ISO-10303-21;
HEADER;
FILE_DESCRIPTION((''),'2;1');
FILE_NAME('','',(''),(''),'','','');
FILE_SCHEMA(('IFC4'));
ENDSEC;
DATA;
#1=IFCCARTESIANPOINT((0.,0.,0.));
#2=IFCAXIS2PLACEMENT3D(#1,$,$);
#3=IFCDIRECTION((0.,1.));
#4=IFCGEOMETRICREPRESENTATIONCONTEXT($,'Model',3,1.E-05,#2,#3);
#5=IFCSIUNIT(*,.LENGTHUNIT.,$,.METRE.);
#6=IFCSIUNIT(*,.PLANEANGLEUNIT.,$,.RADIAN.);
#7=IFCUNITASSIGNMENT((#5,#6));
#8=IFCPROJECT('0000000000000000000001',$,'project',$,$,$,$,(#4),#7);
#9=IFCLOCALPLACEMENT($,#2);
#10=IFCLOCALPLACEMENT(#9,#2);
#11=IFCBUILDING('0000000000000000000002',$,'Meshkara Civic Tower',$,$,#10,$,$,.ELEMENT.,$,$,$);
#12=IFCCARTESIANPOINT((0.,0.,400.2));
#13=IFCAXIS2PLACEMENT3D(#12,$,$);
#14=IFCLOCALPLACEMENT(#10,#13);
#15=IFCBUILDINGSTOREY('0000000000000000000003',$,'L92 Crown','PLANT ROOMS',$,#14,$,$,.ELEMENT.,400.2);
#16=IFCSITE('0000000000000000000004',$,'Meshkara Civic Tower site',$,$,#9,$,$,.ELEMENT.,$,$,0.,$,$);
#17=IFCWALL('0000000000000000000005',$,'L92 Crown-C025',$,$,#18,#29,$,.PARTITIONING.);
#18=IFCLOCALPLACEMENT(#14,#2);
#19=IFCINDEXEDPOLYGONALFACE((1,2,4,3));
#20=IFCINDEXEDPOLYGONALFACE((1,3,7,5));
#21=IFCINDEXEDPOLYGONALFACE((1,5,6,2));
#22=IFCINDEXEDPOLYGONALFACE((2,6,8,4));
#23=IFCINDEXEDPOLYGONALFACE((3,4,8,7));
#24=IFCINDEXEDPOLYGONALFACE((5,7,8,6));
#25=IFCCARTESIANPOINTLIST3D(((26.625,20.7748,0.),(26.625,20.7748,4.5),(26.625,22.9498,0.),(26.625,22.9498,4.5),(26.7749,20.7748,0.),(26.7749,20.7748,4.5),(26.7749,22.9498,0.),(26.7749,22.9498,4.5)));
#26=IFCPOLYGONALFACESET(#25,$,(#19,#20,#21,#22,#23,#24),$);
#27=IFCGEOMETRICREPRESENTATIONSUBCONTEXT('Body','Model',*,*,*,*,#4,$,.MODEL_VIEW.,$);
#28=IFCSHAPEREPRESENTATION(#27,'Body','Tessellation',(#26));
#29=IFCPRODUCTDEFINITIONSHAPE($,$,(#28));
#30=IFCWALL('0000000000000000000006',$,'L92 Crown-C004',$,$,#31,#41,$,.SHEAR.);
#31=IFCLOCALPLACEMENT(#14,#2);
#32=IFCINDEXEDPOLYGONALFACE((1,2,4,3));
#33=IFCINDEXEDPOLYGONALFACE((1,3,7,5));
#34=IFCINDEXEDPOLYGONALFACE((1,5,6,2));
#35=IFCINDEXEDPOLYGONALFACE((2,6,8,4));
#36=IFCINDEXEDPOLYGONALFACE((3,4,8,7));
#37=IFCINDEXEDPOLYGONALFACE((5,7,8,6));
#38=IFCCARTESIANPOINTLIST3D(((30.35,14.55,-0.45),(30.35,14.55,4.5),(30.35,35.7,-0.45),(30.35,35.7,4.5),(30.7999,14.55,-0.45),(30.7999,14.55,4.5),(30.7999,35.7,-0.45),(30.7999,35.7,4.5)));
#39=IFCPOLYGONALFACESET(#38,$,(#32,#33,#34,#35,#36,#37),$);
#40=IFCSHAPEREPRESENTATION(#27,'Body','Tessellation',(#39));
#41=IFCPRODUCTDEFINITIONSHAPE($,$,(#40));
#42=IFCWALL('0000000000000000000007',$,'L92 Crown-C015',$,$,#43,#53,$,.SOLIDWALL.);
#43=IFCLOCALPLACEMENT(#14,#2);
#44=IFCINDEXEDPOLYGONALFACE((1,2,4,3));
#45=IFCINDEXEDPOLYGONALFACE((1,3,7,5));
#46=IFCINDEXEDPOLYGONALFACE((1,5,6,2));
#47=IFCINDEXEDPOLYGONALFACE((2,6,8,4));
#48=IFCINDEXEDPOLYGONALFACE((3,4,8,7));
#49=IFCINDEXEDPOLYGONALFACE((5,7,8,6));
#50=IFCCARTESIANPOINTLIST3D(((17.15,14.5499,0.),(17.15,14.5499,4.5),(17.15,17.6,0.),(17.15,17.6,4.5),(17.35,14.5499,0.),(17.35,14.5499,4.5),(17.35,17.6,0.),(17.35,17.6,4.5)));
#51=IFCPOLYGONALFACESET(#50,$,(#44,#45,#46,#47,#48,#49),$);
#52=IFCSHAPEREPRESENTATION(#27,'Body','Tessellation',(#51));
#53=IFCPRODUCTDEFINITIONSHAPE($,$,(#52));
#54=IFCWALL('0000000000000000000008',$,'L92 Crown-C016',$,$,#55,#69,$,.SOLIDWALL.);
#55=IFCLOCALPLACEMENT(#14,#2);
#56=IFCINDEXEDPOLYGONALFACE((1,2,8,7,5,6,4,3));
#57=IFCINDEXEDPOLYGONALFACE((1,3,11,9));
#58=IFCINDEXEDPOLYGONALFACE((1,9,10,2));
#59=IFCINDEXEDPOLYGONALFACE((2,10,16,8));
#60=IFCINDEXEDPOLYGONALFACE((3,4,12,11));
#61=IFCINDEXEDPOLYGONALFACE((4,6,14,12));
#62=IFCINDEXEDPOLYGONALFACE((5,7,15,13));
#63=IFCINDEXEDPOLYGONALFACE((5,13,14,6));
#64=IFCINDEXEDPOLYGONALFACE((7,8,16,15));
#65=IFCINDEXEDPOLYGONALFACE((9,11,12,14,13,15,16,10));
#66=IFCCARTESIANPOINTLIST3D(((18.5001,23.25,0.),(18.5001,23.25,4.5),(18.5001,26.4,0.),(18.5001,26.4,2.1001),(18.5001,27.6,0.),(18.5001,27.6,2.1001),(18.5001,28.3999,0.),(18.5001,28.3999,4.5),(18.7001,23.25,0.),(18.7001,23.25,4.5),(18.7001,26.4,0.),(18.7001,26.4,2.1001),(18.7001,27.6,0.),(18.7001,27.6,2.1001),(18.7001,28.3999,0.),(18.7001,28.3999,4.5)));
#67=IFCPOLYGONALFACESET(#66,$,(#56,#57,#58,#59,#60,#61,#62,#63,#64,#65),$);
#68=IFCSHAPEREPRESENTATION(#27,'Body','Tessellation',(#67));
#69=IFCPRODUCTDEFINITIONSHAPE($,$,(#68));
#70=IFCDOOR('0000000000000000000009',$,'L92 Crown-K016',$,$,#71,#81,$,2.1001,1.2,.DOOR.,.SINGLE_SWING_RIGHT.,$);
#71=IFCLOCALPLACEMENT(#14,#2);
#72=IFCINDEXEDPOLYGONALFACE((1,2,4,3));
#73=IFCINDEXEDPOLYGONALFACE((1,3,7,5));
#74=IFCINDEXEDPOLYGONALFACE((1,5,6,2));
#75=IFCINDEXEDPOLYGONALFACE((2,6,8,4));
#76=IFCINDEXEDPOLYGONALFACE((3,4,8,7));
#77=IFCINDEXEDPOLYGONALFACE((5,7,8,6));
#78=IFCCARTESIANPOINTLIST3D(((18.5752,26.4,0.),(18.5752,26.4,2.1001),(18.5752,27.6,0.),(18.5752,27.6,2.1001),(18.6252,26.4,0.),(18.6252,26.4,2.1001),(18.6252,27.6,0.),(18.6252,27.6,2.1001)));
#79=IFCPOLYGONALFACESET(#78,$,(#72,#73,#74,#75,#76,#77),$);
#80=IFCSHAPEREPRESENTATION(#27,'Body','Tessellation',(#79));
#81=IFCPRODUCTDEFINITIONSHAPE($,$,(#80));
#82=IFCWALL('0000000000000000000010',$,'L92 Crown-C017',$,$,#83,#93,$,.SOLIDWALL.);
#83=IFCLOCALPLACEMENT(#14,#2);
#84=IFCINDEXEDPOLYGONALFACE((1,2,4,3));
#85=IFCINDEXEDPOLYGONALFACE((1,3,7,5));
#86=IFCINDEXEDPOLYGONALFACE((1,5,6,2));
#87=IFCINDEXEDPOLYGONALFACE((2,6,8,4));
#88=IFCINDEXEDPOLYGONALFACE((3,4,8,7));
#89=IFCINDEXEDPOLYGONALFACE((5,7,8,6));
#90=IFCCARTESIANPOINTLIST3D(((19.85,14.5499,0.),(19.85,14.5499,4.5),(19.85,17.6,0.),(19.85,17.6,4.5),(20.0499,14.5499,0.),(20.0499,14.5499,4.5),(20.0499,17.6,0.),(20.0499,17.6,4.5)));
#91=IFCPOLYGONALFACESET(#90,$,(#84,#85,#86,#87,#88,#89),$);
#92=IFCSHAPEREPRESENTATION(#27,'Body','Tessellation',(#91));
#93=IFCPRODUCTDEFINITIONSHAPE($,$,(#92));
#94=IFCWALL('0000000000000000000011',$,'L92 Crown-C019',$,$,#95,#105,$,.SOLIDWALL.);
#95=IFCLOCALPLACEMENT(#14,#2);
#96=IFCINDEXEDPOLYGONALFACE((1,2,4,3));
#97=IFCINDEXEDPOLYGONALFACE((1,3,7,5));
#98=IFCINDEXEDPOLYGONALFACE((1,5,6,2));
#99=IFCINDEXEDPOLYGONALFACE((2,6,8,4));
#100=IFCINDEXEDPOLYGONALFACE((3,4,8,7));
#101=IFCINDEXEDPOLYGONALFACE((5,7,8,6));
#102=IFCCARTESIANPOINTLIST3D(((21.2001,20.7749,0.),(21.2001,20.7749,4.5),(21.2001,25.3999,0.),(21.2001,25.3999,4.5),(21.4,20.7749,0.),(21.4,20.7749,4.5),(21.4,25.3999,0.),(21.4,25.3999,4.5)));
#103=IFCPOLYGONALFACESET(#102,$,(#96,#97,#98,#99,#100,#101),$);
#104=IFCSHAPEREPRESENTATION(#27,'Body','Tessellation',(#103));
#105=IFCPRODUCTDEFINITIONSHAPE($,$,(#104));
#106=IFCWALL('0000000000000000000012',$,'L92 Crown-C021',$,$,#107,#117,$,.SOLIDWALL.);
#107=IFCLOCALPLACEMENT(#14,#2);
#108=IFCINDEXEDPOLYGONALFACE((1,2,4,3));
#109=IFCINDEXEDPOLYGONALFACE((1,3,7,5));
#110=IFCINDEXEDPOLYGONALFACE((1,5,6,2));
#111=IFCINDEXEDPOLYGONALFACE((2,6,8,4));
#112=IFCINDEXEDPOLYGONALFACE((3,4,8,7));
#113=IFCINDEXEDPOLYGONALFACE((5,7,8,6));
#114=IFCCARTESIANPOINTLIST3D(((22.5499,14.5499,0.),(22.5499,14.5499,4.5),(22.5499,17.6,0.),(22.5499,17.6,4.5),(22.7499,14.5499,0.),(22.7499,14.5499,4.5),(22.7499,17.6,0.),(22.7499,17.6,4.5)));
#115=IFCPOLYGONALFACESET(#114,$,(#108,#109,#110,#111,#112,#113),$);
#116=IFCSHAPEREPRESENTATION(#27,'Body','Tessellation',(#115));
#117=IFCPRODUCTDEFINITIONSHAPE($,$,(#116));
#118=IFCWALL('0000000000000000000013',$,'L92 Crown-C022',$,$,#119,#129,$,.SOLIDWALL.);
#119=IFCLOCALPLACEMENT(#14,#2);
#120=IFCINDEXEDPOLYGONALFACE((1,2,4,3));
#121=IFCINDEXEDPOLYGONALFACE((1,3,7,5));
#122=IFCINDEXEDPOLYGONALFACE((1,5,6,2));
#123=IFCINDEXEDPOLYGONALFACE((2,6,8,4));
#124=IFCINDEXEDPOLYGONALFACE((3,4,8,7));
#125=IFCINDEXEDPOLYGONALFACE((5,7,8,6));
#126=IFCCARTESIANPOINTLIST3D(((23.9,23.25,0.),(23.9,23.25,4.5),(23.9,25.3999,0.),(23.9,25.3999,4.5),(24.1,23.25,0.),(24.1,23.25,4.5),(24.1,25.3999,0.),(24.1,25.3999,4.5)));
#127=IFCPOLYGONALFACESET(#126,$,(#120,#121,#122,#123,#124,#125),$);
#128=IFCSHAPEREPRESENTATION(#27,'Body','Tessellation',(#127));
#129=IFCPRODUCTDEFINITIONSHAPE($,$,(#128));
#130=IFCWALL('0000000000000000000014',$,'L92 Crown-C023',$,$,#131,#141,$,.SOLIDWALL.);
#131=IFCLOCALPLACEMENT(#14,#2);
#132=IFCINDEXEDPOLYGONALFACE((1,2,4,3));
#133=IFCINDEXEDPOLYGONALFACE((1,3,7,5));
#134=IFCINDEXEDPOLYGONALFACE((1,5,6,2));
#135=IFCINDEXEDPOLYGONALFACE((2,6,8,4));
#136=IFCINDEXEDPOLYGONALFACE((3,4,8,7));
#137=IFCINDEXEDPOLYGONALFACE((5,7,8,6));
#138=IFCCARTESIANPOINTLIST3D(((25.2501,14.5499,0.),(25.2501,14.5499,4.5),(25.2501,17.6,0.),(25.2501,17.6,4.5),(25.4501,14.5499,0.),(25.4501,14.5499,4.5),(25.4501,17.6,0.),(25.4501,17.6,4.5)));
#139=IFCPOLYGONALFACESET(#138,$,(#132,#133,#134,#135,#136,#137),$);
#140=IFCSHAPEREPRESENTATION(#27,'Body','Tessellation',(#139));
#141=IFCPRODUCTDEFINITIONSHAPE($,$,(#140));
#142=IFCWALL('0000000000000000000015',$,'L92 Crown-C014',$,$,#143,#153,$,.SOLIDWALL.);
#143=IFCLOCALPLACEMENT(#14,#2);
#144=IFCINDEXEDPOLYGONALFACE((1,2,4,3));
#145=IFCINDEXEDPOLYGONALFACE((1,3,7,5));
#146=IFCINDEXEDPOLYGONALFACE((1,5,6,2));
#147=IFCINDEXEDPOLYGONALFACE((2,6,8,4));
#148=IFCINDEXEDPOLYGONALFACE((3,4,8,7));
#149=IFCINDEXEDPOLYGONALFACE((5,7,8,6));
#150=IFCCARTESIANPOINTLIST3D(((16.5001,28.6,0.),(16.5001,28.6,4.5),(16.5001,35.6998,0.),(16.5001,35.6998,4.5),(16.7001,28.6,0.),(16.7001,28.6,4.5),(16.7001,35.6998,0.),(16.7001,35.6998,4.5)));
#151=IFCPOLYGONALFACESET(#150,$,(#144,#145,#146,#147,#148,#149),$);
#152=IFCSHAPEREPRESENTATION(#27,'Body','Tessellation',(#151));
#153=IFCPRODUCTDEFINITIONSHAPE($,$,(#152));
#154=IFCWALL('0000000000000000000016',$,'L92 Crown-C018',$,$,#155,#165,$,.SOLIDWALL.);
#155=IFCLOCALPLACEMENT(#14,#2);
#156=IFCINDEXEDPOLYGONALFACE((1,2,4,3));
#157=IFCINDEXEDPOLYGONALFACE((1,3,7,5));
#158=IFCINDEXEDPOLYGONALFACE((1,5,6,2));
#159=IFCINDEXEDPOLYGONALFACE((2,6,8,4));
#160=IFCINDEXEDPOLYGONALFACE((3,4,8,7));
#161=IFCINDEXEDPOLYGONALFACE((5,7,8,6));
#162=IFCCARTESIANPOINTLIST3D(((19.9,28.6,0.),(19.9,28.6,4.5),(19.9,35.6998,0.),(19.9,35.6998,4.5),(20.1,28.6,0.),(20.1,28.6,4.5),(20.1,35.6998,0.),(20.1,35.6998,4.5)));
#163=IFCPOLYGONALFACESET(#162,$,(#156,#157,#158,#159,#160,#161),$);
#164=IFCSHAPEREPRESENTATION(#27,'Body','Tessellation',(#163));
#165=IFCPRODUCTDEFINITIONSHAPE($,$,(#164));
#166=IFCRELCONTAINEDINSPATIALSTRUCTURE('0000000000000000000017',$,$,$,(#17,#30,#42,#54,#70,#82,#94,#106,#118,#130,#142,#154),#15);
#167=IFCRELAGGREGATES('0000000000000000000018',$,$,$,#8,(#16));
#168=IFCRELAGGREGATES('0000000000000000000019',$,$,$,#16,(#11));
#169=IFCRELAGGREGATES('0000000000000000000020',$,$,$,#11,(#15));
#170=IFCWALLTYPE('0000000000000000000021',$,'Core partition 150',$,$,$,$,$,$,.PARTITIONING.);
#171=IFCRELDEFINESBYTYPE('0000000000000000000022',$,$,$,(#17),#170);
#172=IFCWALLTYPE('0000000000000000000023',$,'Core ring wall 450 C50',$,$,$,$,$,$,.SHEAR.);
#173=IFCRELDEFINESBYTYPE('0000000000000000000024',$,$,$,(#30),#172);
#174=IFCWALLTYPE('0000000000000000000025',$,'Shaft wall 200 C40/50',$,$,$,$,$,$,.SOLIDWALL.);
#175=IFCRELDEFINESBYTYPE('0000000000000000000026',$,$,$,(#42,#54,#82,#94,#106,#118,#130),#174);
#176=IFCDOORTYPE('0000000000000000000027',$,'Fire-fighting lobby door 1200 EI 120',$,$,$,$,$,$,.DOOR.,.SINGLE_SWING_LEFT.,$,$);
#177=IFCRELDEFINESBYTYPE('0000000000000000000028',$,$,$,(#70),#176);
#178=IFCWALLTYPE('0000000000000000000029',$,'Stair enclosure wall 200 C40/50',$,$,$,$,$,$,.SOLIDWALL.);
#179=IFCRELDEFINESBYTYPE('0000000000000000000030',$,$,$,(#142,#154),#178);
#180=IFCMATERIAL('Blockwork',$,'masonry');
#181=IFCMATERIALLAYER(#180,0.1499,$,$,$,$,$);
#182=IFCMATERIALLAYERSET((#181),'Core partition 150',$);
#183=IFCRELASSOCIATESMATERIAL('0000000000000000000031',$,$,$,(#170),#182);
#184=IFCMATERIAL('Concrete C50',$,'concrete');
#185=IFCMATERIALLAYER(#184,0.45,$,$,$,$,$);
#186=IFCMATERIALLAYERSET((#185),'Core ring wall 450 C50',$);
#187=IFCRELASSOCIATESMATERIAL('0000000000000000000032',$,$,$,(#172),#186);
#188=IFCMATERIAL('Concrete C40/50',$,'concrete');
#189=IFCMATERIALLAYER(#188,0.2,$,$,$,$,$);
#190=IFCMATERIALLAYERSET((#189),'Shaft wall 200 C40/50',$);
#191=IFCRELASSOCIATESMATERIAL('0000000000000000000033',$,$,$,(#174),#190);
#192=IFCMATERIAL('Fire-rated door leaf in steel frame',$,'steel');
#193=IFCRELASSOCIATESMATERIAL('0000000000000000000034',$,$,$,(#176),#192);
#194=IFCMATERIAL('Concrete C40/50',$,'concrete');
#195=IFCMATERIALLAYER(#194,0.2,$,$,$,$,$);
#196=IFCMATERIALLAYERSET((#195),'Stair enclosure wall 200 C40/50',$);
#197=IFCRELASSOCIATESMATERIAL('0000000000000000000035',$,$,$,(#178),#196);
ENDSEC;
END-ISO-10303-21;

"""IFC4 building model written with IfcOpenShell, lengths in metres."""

from ifc_helpers import new_model, si_unit, direction, frame, frame_2d, origin, place, context, subcontext, project, spatial, rectangle, extrude, material, layer, layer_set, type_object, element, fill, save


model = new_model("IFC4")

# Units and contexts
model_context = context("Model", 3, precision=1e-05, world=origin(), true_north=direction((0.0, 1.0)))
body_context = subcontext(model_context, "Body", "Model", "MODEL_VIEW")
ifc_project = project(units=[si_unit("LENGTHUNIT", "METRE"), si_unit("PLANEANGLEUNIT", "RADIAN")], contexts=[model_context])

# Site, building, storey
site_placement = place(None, origin())
site = spatial("IfcSite", under=ifc_project, at=site_placement, Name="Meshkara Civic Tower site", CompositionType="ELEMENT", RefElevation=0.0)
building_placement = place(site_placement, origin())
building = spatial("IfcBuilding", under=site, at=building_placement, Name="Meshkara Civic Tower", CompositionType="ELEMENT")
storey_placement = place(building_placement, frame((0.0, 0.0, 400.2)))
storey = spatial("IfcBuildingStorey", under=building, at=storey_placement, Name="L92 Crown", Description="PLANT ROOMS", CompositionType="ELEMENT", Elevation=400.2)

# Shared definitions
ifc_material_1 = material(Name="Blockwork", Category="masonry")
ifc_layer_1 = layer(ifc_material_1, 0.1499)
ifc_layer_set_1 = layer_set([ifc_layer_1], Name="Core partition 150")
wall_type_1 = type_object("IfcWallType", Name="Core partition 150", PredefinedType="PARTITIONING", material=ifc_layer_set_1)

# Walls
wall_1_placement = place(storey_placement, frame((26.7, 20.7749, 0.0), z_axis=(0.0, 0.0, 1.0), x_axis=(0.0, 1.0, 0.0)))
element("IfcWall", 1, at=wall_1_placement, inside=storey, type_object=wall_type_1, Name="L92 Crown-C025", PredefinedType="PARTITIONING", context=body_context, shape_type="SweptSolid", body=[
    extrude(rectangle(XDim=2.175, YDim=0.1499, at=frame_2d((1.0874, 0.0))), origin(), (0.0, 0.0, 1.0), 4.5),
])
ifc_material_2 = material(Name="Concrete C50", Category="concrete")
ifc_layer_2 = layer(ifc_material_2, 0.45)
ifc_layer_set_2 = layer_set([ifc_layer_2], Name="Core ring wall 450 C50")
wall_type_2 = type_object("IfcWallType", Name="Core ring wall 450 C50", PredefinedType="SHEAR", material=ifc_layer_set_2)
wall_2_placement = place(storey_placement, frame((30.575, 14.55, -0.45), z_axis=(0.0, 0.0, 1.0), x_axis=(0.0, 1.0, 0.0)))
element("IfcWall", 2, at=wall_2_placement, inside=storey, type_object=wall_type_2, Name="L92 Crown-C004", PredefinedType="SHEAR", context=body_context, shape_type="SweptSolid", body=[
    extrude(rectangle(XDim=21.1499, YDim=0.45, at=frame_2d((10.575, 0.0))), origin(), (0.0, 0.0, 1.0), 4.95),
])
ifc_material_3 = material(Name="Concrete C40/50", Category="concrete")
ifc_layer_3 = layer(ifc_material_3, 0.2)
ifc_layer_set_3 = layer_set([ifc_layer_3], Name="Shaft wall 200 C40/50")
wall_type_3 = type_object("IfcWallType", Name="Shaft wall 200 C40/50", PredefinedType="SOLIDWALL", material=ifc_layer_set_3)
wall_3_placement = place(storey_placement, frame((17.25, 14.55, 0.0), z_axis=(0.0, 0.0, 1.0), x_axis=(0.0, 1.0, 0.0)))
element("IfcWall", 3, at=wall_3_placement, inside=storey, type_object=wall_type_3, Name="L92 Crown-C015", PredefinedType="SOLIDWALL", context=body_context, shape_type="SweptSolid", body=[
    extrude(rectangle(XDim=3.05, YDim=0.2, at=frame_2d((1.5249, 0.0))), origin(), (0.0, 0.0, 1.0), 4.5),
])

# Wall, opening, door
wall_4_placement = place(storey_placement, frame((18.6001, 23.25, 0.0), z_axis=(0.0, 0.0, 1.0), x_axis=(0.0, 1.0, 0.0)))
wall_4 = element("IfcWall", 4, at=wall_4_placement, inside=storey, type_object=wall_type_3, Name="L92 Crown-C016", PredefinedType="SOLIDWALL", context=body_context, shape_type="SweptSolid", body=[
    extrude(rectangle(XDim=5.1499, YDim=0.2, at=frame_2d((2.575, 0.0))), origin(), (0.0, 0.0, 1.0), 4.5),
])
opening_1_placement = place(wall_4_placement, frame((3.1499, 0.0, 0.0)))
opening_1 = element("IfcOpeningElement", 5, at=opening_1_placement, cuts=wall_4, PredefinedType="OPENING", context=body_context, shape_type="SweptSolid", body=[
    extrude(rectangle(XDim=1.2, YDim=2.1001, at=frame_2d((0.6001, 1.05))), frame((0.0, 0.1099, 0.0), z_axis=(0.0, -1.0, 0.0), x_axis=(1.0, 0.0, 0.0)), (0.0, 0.0, 1.0), 0.22),
])
ifc_material_4 = material(Name="Fire-rated door leaf in steel frame", Category="steel")
door_type_1 = type_object("IfcDoorType", Name="Fire-fighting lobby door 1200 EI 120", OperationType="SINGLE_SWING_LEFT", PredefinedType="DOOR", material=ifc_material_4)
door_1_placement = place(opening_1_placement, origin())
door_1 = element("IfcDoor", 6, at=door_1_placement, inside=storey, type_object=door_type_1, Name="L92 Crown-K016", OperationType="SINGLE_SWING_RIGHT", OverallHeight=2.1001, OverallWidth=1.2, PredefinedType="DOOR", context=body_context, shape_type="SweptSolid", body=[
    extrude(rectangle(XDim=1.2, YDim=2.1001, at=frame_2d((0.6001, 1.05))), frame((0.0, 0.0249, 0.0), z_axis=(0.0, -1.0, 0.0), x_axis=(1.0, 0.0, 0.0)), (0.0, 0.0, 1.0), 0.05),
])
fill(opening_1, door_1)

# Walls
wall_5_placement = place(storey_placement, frame((19.95, 14.55, 0.0), z_axis=(0.0, 0.0, 1.0), x_axis=(0.0, 1.0, 0.0)))
element("IfcWall", 7, at=wall_5_placement, inside=storey, type_object=wall_type_3, Name="L92 Crown-C017", PredefinedType="SOLIDWALL", context=body_context, shape_type="SweptSolid", body=[
    extrude(rectangle(XDim=3.05, YDim=0.2, at=frame_2d((1.5249, 0.0))), origin(), (0.0, 0.0, 1.0), 4.5),
])
wall_6_placement = place(storey_placement, frame((21.3, 20.7749, 0.0), z_axis=(0.0, 0.0, 1.0), x_axis=(0.0, 1.0, 0.0)))
element("IfcWall", 8, at=wall_6_placement, inside=storey, type_object=wall_type_3, Name="L92 Crown-C019", PredefinedType="SOLIDWALL", context=body_context, shape_type="SweptSolid", body=[
    extrude(rectangle(XDim=4.625, YDim=0.2, at=frame_2d((2.3125, 0.0))), origin(), (0.0, 0.0, 1.0), 4.5),
])
wall_7_placement = place(storey_placement, frame((22.6499, 14.55, 0.0), z_axis=(0.0, 0.0, 1.0), x_axis=(0.0, 1.0, 0.0)))
element("IfcWall", 9, at=wall_7_placement, inside=storey, type_object=wall_type_3, Name="L92 Crown-C021", PredefinedType="SOLIDWALL", context=body_context, shape_type="SweptSolid", body=[
    extrude(rectangle(XDim=3.05, YDim=0.2, at=frame_2d((1.5249, 0.0))), origin(), (0.0, 0.0, 1.0), 4.5),
])
wall_8_placement = place(storey_placement, frame((24.0, 23.25, 0.0), z_axis=(0.0, 0.0, 1.0), x_axis=(0.0, 1.0, 0.0)))
element("IfcWall", 10, at=wall_8_placement, inside=storey, type_object=wall_type_3, Name="L92 Crown-C022", PredefinedType="SOLIDWALL", context=body_context, shape_type="SweptSolid", body=[
    extrude(rectangle(XDim=2.1499, YDim=0.2, at=frame_2d((1.075, 0.0))), origin(), (0.0, 0.0, 1.0), 4.5),
])
wall_9_placement = place(storey_placement, frame((25.3501, 14.55, 0.0), z_axis=(0.0, 0.0, 1.0), x_axis=(0.0, 1.0, 0.0)))
element("IfcWall", 11, at=wall_9_placement, inside=storey, type_object=wall_type_3, Name="L92 Crown-C023", PredefinedType="SOLIDWALL", context=body_context, shape_type="SweptSolid", body=[
    extrude(rectangle(XDim=3.05, YDim=0.2, at=frame_2d((1.5249, 0.0))), origin(), (0.0, 0.0, 1.0), 4.5),
])
ifc_material_5 = material(Name="Concrete C40/50", Category="concrete")
ifc_layer_4 = layer(ifc_material_5, 0.2)
ifc_layer_set_4 = layer_set([ifc_layer_4], Name="Stair enclosure wall 200 C40/50")
wall_type_4 = type_object("IfcWallType", Name="Stair enclosure wall 200 C40/50", PredefinedType="SOLIDWALL", material=ifc_layer_set_4)
for number, where, z_axis, x_axis, name in (
    (12, (16.6001, 28.6001, 0.0), (0.0, 0.0, 1.0), (0.0, 1.0, 0.0), "L92 Crown-C014"),
    (13, (20.0, 28.6001, 0.0), (0.0, 0.0, 1.0), (0.0, 1.0, 0.0), "L92 Crown-C018"),
):
    element("IfcWall", number, at=place(storey_placement, frame(where, z_axis=z_axis, x_axis=x_axis)), inside=storey, type_object=wall_type_4, Name=name, PredefinedType="SOLIDWALL", context=body_context, shape_type="SweptSolid", body=[
        extrude(rectangle(XDim=7.0999, YDim=0.2, at=frame_2d((3.5498, 0.0))), origin(), (0.0, 0.0, 1.0), 4.5),
    ])

save(model, "model.ifc")
